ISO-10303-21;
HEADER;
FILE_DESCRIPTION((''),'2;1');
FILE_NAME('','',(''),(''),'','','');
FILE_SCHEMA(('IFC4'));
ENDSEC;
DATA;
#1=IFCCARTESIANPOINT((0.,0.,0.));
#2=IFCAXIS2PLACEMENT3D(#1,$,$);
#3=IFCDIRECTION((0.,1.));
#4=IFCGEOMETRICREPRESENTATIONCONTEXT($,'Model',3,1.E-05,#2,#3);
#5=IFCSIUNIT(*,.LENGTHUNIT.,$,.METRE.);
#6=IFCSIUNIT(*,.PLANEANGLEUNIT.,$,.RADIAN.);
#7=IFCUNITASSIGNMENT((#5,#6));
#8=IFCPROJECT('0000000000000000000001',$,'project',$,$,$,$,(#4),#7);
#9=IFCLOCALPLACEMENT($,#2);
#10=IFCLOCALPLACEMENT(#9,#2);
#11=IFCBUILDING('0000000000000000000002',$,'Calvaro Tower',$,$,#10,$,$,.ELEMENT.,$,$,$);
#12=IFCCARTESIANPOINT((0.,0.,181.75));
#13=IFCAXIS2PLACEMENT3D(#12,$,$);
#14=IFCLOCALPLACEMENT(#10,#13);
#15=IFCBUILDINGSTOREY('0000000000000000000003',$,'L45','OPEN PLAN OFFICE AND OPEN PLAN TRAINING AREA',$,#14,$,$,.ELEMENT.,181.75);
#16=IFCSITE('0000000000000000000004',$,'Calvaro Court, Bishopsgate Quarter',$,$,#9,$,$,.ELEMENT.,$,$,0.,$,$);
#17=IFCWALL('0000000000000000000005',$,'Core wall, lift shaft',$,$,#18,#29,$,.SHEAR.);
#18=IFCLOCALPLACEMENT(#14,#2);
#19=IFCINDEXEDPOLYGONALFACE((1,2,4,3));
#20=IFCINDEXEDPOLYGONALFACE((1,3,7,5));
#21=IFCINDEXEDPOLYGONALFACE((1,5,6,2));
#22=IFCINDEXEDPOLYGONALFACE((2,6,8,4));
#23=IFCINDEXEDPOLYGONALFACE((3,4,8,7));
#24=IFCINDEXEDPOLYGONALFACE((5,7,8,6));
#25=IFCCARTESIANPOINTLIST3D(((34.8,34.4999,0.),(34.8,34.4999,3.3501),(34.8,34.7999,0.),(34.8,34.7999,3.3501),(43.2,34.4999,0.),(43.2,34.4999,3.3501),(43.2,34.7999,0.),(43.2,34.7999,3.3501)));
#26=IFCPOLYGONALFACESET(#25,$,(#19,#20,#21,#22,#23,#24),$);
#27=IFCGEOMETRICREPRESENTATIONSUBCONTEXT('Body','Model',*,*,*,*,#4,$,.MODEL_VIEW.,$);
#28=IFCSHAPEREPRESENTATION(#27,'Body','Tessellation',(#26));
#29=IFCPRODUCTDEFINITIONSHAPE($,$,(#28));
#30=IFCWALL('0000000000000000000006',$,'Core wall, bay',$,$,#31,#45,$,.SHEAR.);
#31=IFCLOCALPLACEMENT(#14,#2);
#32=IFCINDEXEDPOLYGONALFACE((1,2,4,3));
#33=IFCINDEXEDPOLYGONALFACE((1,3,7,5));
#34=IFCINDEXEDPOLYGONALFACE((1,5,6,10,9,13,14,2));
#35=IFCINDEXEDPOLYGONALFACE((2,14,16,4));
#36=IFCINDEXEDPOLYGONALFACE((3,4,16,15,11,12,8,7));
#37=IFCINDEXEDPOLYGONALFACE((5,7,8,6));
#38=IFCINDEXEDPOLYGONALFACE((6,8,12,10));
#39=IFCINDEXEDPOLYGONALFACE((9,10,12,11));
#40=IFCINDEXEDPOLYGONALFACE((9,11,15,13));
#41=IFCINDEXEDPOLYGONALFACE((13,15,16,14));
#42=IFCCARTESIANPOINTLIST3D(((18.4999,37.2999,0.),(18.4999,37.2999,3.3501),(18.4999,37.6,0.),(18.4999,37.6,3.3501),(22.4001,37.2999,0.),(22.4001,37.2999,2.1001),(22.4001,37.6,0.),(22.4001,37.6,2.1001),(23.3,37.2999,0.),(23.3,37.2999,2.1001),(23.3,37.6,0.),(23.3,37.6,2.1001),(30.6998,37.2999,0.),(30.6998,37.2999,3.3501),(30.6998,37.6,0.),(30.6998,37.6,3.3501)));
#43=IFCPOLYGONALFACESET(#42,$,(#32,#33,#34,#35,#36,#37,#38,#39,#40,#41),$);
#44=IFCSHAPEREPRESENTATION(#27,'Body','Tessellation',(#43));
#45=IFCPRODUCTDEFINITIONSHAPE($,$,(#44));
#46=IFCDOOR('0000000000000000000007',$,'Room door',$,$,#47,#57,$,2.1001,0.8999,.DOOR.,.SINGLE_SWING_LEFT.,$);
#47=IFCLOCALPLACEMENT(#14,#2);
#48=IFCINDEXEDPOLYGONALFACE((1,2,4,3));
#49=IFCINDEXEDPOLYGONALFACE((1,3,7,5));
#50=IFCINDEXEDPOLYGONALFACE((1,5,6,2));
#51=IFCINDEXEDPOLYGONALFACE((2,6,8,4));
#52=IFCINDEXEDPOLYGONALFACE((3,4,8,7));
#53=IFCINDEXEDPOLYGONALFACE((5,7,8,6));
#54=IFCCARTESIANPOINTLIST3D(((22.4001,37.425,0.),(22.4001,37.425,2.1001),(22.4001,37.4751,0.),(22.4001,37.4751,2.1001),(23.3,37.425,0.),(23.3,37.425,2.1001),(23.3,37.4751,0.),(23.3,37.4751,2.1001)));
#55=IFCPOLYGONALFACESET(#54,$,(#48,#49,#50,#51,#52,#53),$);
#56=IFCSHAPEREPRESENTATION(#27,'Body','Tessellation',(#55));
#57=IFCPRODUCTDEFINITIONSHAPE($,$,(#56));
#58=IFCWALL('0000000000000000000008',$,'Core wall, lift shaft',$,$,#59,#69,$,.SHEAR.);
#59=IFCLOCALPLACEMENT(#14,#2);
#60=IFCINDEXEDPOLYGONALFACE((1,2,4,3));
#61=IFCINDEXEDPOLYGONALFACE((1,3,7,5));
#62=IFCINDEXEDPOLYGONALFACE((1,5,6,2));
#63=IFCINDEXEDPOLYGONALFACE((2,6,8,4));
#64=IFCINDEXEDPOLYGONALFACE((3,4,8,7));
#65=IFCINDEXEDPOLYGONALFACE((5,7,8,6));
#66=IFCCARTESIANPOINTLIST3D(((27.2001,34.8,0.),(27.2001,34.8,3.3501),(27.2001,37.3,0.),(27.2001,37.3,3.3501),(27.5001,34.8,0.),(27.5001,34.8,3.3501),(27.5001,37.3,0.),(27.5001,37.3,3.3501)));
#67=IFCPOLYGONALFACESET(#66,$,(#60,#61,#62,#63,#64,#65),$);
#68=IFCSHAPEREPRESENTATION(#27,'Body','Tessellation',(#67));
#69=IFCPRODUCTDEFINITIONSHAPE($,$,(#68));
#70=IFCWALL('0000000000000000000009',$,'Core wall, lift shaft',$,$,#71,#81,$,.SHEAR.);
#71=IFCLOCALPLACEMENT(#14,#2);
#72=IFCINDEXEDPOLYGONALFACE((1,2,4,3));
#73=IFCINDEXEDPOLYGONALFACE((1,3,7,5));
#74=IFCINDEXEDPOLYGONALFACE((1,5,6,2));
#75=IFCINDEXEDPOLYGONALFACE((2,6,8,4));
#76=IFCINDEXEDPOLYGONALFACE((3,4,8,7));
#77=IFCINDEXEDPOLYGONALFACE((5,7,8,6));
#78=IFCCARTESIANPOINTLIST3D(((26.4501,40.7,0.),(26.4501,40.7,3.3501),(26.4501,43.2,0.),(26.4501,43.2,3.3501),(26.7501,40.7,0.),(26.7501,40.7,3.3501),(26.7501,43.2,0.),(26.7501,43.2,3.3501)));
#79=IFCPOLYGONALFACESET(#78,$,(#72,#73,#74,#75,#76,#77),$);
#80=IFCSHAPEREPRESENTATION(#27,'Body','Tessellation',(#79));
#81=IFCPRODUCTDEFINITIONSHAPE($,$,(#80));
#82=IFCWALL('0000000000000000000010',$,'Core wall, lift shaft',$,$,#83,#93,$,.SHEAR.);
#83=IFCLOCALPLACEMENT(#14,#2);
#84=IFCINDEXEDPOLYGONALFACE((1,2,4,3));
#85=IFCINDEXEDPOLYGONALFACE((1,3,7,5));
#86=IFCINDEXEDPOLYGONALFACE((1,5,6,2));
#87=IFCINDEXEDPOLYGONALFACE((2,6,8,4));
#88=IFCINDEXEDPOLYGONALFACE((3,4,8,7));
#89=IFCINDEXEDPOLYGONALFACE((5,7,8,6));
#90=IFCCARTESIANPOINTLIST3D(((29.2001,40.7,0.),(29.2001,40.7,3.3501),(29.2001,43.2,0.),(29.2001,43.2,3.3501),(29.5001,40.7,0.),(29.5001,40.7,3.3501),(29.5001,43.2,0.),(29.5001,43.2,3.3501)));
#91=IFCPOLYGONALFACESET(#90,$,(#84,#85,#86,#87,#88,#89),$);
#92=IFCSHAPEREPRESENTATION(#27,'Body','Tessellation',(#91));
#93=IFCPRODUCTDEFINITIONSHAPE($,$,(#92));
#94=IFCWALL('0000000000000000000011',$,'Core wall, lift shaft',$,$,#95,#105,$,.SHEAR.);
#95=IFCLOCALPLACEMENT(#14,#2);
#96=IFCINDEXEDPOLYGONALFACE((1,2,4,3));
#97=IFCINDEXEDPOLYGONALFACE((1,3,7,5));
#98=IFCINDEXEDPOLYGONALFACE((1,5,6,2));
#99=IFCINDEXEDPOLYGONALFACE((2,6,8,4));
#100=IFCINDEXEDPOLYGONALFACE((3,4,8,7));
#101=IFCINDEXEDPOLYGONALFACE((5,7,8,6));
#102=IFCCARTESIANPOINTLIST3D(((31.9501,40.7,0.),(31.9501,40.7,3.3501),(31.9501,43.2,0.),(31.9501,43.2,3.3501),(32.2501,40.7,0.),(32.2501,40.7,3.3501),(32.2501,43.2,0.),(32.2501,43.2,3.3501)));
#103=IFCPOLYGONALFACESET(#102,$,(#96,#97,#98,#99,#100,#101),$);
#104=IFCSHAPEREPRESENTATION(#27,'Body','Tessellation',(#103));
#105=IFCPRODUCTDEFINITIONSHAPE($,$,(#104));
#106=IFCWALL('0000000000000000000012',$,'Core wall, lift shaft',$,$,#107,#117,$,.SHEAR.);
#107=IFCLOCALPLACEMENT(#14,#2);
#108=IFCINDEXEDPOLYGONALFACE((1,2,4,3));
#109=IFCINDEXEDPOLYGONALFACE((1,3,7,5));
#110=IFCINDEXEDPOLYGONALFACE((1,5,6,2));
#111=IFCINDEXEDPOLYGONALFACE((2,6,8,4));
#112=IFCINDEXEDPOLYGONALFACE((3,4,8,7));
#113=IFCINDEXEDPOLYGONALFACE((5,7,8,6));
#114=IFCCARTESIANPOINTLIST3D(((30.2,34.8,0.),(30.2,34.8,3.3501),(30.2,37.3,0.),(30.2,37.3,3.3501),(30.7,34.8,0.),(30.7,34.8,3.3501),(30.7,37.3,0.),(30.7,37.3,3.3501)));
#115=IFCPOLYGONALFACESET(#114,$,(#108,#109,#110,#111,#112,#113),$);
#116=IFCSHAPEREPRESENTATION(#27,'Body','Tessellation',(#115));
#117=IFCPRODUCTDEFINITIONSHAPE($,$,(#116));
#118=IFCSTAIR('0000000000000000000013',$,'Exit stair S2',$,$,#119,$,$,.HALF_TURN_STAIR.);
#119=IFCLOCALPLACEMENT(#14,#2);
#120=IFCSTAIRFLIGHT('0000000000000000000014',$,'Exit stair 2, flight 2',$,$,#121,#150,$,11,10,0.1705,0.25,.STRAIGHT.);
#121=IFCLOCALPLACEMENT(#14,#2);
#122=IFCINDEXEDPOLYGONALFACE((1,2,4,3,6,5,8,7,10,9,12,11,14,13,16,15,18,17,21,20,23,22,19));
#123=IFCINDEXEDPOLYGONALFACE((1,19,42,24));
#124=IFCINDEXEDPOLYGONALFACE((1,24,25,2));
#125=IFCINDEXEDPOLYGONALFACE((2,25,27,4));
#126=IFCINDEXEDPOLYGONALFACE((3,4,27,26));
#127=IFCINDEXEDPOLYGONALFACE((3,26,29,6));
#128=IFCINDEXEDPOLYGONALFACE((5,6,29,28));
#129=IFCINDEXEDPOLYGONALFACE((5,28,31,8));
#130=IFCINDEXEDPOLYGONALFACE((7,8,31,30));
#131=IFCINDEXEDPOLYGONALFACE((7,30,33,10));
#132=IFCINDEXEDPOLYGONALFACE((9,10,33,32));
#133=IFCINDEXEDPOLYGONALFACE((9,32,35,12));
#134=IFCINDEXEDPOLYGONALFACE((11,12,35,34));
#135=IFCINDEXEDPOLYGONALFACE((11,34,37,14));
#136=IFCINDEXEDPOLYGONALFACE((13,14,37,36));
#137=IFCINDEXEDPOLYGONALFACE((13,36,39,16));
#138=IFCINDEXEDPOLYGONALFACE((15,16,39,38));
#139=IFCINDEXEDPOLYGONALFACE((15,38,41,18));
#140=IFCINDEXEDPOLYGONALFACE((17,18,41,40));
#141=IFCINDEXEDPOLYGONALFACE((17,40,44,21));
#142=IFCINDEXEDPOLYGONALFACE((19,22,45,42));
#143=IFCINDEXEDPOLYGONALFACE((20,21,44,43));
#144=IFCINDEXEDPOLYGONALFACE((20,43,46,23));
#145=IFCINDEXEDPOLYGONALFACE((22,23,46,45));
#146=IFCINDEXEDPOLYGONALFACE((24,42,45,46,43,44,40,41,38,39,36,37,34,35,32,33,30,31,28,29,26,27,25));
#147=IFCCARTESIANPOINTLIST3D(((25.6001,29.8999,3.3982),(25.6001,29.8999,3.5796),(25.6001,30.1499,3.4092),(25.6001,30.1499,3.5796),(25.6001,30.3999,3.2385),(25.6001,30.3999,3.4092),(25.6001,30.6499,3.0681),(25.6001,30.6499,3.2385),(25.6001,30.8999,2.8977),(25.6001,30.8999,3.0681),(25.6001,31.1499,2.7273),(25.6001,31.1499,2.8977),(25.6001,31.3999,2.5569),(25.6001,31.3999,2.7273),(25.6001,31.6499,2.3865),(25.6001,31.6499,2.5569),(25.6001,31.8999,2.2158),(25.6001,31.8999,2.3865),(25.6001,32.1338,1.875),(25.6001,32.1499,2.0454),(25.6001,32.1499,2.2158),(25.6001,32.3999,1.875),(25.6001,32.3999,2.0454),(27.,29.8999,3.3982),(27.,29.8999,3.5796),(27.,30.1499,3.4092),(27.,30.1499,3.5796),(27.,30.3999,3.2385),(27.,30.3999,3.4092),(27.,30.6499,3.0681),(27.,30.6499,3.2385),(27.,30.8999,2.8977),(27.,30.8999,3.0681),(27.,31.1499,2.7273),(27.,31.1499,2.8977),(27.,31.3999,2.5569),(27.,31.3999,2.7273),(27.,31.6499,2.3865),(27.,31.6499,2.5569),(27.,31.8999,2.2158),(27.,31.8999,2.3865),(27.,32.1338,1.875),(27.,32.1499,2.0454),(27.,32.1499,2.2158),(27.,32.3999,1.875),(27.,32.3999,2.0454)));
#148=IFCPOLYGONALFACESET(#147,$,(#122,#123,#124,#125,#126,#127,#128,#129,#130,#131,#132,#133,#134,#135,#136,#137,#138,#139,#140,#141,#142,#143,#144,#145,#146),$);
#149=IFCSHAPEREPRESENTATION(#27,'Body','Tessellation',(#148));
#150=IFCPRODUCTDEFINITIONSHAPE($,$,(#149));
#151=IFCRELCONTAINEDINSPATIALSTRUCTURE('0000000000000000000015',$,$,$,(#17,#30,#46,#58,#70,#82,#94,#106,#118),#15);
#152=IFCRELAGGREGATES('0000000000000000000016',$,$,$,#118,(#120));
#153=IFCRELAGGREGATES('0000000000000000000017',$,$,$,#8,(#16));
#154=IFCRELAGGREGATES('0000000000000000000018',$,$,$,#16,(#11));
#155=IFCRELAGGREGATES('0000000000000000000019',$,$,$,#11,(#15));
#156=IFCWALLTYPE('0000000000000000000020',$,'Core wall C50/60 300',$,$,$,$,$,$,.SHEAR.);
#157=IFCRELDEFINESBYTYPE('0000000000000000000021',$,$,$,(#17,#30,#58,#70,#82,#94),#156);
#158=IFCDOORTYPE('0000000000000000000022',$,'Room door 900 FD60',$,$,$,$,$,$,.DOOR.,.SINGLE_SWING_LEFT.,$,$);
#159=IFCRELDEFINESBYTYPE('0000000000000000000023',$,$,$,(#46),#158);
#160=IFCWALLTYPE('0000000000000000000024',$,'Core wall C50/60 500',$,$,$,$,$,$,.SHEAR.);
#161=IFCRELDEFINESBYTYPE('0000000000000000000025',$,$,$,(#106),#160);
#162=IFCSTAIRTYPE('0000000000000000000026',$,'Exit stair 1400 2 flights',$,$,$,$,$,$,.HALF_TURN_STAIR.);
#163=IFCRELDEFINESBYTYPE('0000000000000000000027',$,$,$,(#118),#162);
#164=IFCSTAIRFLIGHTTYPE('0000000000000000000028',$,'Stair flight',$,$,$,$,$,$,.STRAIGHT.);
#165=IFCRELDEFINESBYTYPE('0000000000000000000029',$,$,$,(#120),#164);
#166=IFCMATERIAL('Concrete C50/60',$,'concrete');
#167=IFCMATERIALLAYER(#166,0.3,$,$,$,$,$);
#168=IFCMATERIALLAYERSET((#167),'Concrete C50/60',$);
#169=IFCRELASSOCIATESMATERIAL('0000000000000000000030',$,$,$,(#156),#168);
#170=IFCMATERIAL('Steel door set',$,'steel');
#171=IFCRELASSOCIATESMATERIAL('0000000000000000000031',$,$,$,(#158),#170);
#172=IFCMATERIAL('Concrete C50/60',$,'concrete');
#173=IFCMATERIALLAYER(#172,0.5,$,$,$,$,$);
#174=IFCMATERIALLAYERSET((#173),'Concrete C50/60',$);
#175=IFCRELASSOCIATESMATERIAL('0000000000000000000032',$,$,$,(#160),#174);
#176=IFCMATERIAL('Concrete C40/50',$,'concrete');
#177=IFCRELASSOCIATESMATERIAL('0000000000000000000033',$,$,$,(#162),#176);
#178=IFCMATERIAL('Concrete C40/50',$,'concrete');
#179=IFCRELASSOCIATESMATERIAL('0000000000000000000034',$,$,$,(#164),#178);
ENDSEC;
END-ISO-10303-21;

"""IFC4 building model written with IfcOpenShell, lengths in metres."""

from ifc_helpers import new_model, si_unit, direction, frame, frame_2d, origin, place, context, subcontext, project, spatial, polyline, rectangle, outline, extrude, material, layer, layer_set, type_object, element, fill, aggregate, save


model = new_model("IFC4")

# Units and contexts
model_context = context("Model", 3, precision=1e-05, world=origin(), true_north=direction((0.0, 1.0)))
body_context = subcontext(model_context, "Body", "Model", "MODEL_VIEW")
ifc_project = project(units=[si_unit("LENGTHUNIT", "METRE"), si_unit("PLANEANGLEUNIT", "RADIAN")], contexts=[model_context])

# Site, building, storey
site_placement = place(None, origin())
site = spatial("IfcSite", under=ifc_project, at=site_placement, Name="Calvaro Court, Bishopsgate Quarter", CompositionType="ELEMENT", RefElevation=0.0)
building_placement = place(site_placement, origin())
building = spatial("IfcBuilding", under=site, at=building_placement, Name="Calvaro Tower", CompositionType="ELEMENT")
storey_placement = place(building_placement, frame((0.0, 0.0, 181.75)))
storey = spatial("IfcBuildingStorey", under=building, at=storey_placement, Name="L45", Description="OPEN PLAN OFFICE AND OPEN PLAN TRAINING AREA", CompositionType="ELEMENT", Elevation=181.75)

# Wall
ifc_material_1 = material(Name="Concrete C50/60", Category="concrete")
ifc_layer_1 = layer(ifc_material_1, 0.3)
ifc_layer_set_1 = layer_set([ifc_layer_1], Name="Concrete C50/60")
wall_type_1 = type_object("IfcWallType", Name="Core wall C50/60 300", PredefinedType="SHEAR", material=ifc_layer_set_1)
wall_1_placement = place(storey_placement, frame((34.8, 34.6499, 0.0), z_axis=(0.0, 0.0, 1.0), x_axis=(1.0, 0.0, 0.0)))
element("IfcWall", 1, at=wall_1_placement, inside=storey, type_object=wall_type_1, Name="Core wall, lift shaft", PredefinedType="SHEAR", context=body_context, shape_type="SweptSolid", body=[
    extrude(rectangle(XDim=8.3999, YDim=0.3, at=frame_2d((4.2, 0.0))), origin(), (0.0, 0.0, 1.0), 3.3501),
])

# Wall, opening, door
wall_2_placement = place(storey_placement, frame((30.7, 37.45, 0.0), z_axis=(0.0, 0.0, 1.0), x_axis=(-1.0, 0.0, 0.0)))
wall_2 = element("IfcWall", 2, at=wall_2_placement, inside=storey, type_object=wall_type_1, Name="Core wall, bay", PredefinedType="SHEAR", context=body_context, shape_type="SweptSolid", body=[
    extrude(rectangle(XDim=12.2, YDim=0.3, at=frame_2d((6.1001, 0.0))), origin(), (0.0, 0.0, 1.0), 3.3501),
])
opening_placement = place(wall_2_placement, frame((7.3999, 0.0, 0.0)))
opening = element("IfcOpeningElement", 3, at=opening_placement, cuts=wall_2, PredefinedType="OPENING", context=body_context, shape_type="SweptSolid", body=[
    extrude(rectangle(XDim=0.8999, YDim=2.1001, at=frame_2d((0.45, 1.05))), frame((0.0, 0.1599, 0.0), z_axis=(0.0, -1.0, 0.0), x_axis=(1.0, 0.0, 0.0)), (0.0, 0.0, 1.0), 0.3201),
])
ifc_material_2 = material(Name="Steel door set", Category="steel")
door_type = type_object("IfcDoorType", Name="Room door 900 FD60", OperationType="SINGLE_SWING_LEFT", PredefinedType="DOOR", material=ifc_material_2)
door_placement = place(opening_placement, origin())
door = element("IfcDoor", 4, at=door_placement, inside=storey, type_object=door_type, Name="Room door", OperationType="SINGLE_SWING_LEFT", OverallHeight=2.1001, OverallWidth=0.8999, PredefinedType="DOOR", context=body_context, shape_type="SweptSolid", body=[
    extrude(rectangle(XDim=0.8999, YDim=2.1001, at=frame_2d((0.45, 1.05))), frame((0.0, 0.0249, 0.0), z_axis=(0.0, -1.0, 0.0), x_axis=(1.0, 0.0, 0.0)), (0.0, 0.0, 1.0), 0.05),
])
fill(opening, door)

# Walls
for number, where, z_axis, x_axis, name in (
    (5, (27.3501, 34.8, 0.0), (0.0, 0.0, 1.0), (0.0, 1.0, 0.0), "Core wall, lift shaft"),
    (6, (26.6001, 40.7, 0.0), (0.0, 0.0, 1.0), (0.0, 1.0, 0.0), "Core wall, lift shaft"),
    (7, (29.3501, 40.7, 0.0), (0.0, 0.0, 1.0), (0.0, 1.0, 0.0), "Core wall, lift shaft"),
    (8, (32.1001, 40.7, 0.0), (0.0, 0.0, 1.0), (0.0, 1.0, 0.0), "Core wall, lift shaft"),
):
    element("IfcWall", number, at=place(storey_placement, frame(where, z_axis=z_axis, x_axis=x_axis)), inside=storey, type_object=wall_type_1, Name=name, PredefinedType="SHEAR", context=body_context, shape_type="SweptSolid", body=[
        extrude(rectangle(XDim=2.5, YDim=0.3, at=frame_2d((1.25, 0.0))), origin(), (0.0, 0.0, 1.0), 3.3501),
    ])
ifc_material_3 = material(Name="Concrete C50/60", Category="concrete")
ifc_layer_2 = layer(ifc_material_3, 0.5)
ifc_layer_set_2 = layer_set([ifc_layer_2], Name="Concrete C50/60")
wall_type_2 = type_object("IfcWallType", Name="Core wall C50/60 500", PredefinedType="SHEAR", material=ifc_layer_set_2)
wall_3_placement = place(storey_placement, frame((30.45, 34.8, 0.0), z_axis=(0.0, 0.0, 1.0), x_axis=(0.0, 1.0, 0.0)))
element("IfcWall", 9, at=wall_3_placement, inside=storey, type_object=wall_type_2, Name="Core wall, lift shaft", PredefinedType="SHEAR", context=body_context, shape_type="SweptSolid", body=[
    extrude(rectangle(XDim=2.5, YDim=0.5, at=frame_2d((1.25, 0.0))), origin(), (0.0, 0.0, 1.0), 3.3501),
])

# Stair, stair flight
ifc_material_4 = material(Name="Concrete C40/50", Category="concrete")
stair_type = type_object("IfcStairType", Name="Exit stair 1400 2 flights", PredefinedType="HALF_TURN_STAIR", material=ifc_material_4)
stair_placement = place(storey_placement, origin())
stair = element("IfcStair", 10, at=stair_placement, inside=storey, type_object=stair_type, Name="Exit stair S2", PredefinedType="HALF_TURN_STAIR")
ifc_material_5 = material(Name="Concrete C40/50", Category="concrete")
stair_flight_type = type_object("IfcStairFlightType", Name="Stair flight", PredefinedType="STRAIGHT", material=ifc_material_5)
stair_flight_placement = place(storey_placement, frame((26.3, 32.3999, 1.875), z_axis=(0.0, 0.0, 1.0), x_axis=(0.0, -1.0, 0.0)))
stair_flight = element("IfcStairFlight", 11, at=stair_flight_placement, type_object=stair_flight_type, Name="Exit stair 2, flight 2", NumberOfRisers=11, NumberOfTreads=10, PredefinedType="STRAIGHT", RiserHeight=0.1705, TreadLength=0.25, context=body_context, shape_type="SweptSolid", body=[
    extrude(outline(polyline([(0.0, 0.0), (0.0, 0.1704), (0.25, 0.1704), (0.25, 0.3408), (0.5, 0.3408), (0.5, 0.5115), (0.75, 0.5115), (0.75, 0.6819), (1.0, 0.6819), (1.0, 0.8523), (1.25, 0.8523), (1.25, 1.0227), (1.5, 1.0227), (1.5, 1.1931), (1.75, 1.1931), (1.75, 1.3635), (2.0, 1.3635), (2.0, 1.5342), (2.25, 1.5342), (2.25, 1.7046), (2.5, 1.7046), (2.5, 1.875), (2.5, 1.5232), (0.2661, 0.0), (0.0, 0.0)])), frame((0.0, 0.7, 0.0), z_axis=(0.0, -1.0, 0.0), x_axis=(1.0, 0.0, 0.0)), (0.0, 0.0, 1.0), 1.3999),
])
aggregate(stair, [stair_flight])

save(model, "model.ifc")
